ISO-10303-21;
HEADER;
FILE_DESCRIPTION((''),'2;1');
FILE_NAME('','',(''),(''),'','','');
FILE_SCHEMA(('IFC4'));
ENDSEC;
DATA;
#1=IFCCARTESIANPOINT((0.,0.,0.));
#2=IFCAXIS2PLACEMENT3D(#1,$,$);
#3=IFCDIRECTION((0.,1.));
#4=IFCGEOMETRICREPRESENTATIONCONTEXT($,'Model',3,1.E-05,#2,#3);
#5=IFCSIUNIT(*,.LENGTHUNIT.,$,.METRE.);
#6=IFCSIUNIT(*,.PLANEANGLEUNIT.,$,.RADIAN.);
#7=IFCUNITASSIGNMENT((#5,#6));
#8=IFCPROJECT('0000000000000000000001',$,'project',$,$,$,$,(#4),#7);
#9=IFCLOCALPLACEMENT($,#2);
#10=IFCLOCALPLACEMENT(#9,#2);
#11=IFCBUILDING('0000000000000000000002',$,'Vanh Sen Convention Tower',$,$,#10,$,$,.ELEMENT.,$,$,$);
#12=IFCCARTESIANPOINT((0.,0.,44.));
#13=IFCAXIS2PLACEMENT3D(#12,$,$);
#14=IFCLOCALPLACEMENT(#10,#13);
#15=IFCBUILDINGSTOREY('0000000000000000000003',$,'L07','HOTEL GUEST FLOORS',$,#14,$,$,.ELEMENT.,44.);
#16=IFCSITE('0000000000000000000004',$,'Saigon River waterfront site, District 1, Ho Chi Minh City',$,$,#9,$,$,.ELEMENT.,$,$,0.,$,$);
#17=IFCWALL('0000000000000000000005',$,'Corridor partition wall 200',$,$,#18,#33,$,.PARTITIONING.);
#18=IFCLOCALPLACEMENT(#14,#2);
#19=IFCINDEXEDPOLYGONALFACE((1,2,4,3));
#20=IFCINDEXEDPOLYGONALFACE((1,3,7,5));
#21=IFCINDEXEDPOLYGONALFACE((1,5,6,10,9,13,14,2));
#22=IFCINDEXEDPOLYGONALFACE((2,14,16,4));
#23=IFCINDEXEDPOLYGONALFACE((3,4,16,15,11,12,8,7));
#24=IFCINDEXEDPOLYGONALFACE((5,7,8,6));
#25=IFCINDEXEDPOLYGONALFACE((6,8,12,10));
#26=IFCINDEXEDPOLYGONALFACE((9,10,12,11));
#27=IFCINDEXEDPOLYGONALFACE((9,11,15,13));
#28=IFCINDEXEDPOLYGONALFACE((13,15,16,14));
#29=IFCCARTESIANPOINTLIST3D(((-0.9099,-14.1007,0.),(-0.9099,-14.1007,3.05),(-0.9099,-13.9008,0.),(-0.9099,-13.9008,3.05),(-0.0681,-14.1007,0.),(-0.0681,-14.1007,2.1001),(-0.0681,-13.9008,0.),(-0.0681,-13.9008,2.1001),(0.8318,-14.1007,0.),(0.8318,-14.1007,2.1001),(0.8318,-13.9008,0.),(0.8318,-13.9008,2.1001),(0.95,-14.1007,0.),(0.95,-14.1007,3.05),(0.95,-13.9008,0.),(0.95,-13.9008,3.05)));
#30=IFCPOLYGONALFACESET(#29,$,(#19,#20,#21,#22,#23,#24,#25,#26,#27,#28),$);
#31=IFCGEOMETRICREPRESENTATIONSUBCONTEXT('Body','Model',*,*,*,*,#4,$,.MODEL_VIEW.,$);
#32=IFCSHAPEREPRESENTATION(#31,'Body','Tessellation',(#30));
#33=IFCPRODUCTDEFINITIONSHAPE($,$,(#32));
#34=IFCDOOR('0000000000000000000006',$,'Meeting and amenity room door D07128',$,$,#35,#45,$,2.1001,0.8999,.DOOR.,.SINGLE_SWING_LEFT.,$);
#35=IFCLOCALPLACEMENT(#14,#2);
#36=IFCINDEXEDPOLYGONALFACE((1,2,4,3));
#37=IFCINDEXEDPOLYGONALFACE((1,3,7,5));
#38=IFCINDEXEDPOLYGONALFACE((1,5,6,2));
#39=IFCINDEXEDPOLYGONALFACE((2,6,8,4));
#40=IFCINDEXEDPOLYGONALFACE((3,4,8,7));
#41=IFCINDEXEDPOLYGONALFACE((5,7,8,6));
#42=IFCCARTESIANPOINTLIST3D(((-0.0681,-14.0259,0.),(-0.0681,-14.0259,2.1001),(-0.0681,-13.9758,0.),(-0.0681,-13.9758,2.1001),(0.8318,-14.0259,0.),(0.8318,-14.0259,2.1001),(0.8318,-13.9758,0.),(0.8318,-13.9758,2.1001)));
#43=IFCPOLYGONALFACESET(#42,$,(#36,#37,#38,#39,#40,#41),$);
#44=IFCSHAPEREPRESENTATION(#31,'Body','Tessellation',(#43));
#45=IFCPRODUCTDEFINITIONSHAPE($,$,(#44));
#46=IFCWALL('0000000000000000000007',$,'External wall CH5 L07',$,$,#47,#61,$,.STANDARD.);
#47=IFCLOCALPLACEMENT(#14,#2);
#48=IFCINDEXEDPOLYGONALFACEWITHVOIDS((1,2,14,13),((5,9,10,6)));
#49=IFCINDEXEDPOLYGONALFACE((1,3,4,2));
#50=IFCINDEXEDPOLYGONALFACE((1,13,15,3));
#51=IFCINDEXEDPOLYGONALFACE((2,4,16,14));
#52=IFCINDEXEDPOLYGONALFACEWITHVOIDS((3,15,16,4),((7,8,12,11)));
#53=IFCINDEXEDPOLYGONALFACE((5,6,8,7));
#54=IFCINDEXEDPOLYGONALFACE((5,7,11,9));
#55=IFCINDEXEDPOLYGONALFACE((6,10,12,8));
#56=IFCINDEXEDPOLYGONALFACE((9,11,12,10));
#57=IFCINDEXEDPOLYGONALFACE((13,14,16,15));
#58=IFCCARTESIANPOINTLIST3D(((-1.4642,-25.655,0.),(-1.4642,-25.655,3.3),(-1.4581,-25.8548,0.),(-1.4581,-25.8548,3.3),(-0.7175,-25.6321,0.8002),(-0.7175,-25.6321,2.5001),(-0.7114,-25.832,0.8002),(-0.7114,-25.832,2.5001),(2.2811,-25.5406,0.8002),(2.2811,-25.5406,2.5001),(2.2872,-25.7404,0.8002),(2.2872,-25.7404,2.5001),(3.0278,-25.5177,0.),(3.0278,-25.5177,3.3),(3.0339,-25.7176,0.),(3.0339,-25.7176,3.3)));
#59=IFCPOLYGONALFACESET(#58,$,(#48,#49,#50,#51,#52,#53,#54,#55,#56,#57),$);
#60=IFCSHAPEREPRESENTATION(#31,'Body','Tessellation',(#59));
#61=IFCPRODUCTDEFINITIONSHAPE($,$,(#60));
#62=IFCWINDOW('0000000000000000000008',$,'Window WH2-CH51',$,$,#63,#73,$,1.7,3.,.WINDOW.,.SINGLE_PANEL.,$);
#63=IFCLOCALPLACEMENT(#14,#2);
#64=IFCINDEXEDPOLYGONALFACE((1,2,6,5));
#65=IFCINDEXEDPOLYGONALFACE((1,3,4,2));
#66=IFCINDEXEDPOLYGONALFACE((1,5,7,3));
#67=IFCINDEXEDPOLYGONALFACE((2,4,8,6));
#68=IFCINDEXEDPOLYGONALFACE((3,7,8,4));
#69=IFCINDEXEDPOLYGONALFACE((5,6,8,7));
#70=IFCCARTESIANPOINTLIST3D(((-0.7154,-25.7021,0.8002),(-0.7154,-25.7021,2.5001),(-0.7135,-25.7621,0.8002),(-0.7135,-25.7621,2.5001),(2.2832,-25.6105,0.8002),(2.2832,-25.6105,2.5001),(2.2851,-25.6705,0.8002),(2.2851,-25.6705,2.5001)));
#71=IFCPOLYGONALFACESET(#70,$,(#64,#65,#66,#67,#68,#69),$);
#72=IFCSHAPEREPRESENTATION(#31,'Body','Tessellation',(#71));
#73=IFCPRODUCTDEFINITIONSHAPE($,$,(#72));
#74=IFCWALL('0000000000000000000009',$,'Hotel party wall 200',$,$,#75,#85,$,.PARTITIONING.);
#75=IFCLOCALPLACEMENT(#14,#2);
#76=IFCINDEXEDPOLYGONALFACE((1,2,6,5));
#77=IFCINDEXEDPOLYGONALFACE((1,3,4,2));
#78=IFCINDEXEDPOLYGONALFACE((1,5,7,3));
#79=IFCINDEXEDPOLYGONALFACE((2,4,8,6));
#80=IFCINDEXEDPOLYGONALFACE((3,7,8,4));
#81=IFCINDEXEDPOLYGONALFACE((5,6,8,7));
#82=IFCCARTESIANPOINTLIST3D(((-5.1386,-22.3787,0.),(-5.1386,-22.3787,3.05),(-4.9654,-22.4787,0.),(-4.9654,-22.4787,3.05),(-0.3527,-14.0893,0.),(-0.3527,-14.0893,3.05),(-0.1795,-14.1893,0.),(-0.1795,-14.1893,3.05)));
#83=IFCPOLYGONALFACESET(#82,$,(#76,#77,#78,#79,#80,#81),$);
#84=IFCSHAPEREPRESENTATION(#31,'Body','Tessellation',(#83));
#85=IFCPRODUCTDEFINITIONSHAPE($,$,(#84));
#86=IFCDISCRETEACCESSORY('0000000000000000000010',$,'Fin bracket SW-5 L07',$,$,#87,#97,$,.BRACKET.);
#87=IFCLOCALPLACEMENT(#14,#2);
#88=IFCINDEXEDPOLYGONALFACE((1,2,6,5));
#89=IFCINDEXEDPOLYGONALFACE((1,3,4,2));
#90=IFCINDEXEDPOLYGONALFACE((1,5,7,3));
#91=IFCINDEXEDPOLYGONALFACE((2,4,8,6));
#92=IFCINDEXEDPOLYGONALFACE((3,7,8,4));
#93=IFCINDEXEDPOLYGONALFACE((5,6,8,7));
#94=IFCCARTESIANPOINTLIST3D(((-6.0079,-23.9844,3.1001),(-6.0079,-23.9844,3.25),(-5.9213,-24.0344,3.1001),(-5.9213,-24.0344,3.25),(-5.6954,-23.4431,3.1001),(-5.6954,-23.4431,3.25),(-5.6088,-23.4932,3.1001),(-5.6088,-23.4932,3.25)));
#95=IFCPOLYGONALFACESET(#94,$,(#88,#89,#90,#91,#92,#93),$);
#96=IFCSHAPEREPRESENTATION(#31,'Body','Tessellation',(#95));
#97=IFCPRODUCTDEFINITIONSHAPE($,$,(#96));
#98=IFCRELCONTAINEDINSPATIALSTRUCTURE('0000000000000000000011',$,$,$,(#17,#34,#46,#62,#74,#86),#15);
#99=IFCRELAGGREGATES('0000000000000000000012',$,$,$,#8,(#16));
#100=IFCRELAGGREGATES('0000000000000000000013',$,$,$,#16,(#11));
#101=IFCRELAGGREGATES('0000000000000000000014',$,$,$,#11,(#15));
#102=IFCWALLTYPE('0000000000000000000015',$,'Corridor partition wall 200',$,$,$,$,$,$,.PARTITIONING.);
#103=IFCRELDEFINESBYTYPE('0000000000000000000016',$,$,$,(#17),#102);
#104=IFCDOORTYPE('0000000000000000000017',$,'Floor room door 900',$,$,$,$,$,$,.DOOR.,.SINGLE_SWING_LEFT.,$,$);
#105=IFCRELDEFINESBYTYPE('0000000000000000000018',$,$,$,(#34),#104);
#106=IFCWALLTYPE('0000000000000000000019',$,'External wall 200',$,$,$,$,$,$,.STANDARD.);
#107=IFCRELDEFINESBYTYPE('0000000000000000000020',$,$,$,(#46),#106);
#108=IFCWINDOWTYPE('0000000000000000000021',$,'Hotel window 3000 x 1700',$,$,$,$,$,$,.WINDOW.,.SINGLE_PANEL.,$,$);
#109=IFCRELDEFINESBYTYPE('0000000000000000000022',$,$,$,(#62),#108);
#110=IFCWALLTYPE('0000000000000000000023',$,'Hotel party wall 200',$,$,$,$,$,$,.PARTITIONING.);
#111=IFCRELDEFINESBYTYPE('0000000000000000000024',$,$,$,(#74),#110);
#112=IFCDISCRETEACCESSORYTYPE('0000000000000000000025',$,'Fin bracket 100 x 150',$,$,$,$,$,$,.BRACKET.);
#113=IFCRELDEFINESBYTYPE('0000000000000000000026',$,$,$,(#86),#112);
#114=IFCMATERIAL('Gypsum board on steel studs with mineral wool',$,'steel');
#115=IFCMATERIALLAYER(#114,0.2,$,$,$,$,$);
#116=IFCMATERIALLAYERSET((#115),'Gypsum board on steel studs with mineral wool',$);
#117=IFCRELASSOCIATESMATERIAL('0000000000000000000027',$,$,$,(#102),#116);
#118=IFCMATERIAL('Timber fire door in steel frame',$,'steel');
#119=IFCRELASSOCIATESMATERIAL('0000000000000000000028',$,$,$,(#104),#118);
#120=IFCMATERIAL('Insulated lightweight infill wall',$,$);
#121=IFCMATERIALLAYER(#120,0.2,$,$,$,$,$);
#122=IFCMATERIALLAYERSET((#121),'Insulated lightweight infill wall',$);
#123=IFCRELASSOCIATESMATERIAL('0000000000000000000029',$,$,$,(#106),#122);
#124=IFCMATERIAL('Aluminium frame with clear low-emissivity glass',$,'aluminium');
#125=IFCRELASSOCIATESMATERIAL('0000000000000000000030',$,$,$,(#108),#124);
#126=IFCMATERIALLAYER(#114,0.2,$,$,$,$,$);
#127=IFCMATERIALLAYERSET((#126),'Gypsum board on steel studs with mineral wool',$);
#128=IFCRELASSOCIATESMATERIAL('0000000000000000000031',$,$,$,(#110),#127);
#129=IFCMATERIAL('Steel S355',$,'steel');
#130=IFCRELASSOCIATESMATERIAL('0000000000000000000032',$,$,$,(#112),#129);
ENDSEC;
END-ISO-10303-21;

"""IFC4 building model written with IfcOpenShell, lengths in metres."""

from ifc_helpers import new_model, si_unit, direction, frame, frame_2d, origin, origin_2d, place, context, subcontext, project, spatial, rectangle, extrude, material, layer, layer_set, type_object, element, fill, save


model = new_model("IFC4")

# Units and contexts
model_context = context("Model", 3, precision=1e-05, world=origin(), true_north=direction((0.0, 1.0)))
body_context = subcontext(model_context, "Body", "Model", "MODEL_VIEW")
ifc_project = project(units=[si_unit("LENGTHUNIT", "METRE"), si_unit("PLANEANGLEUNIT", "RADIAN")], contexts=[model_context])

# Site, building, storey
site_placement = place(None, origin())
site = spatial("IfcSite", under=ifc_project, at=site_placement, Name="Saigon River waterfront site, District 1, Ho Chi Minh City", CompositionType="ELEMENT", RefElevation=0.0)
building_placement = place(site_placement, origin())
building = spatial("IfcBuilding", under=site, at=building_placement, Name="Vanh Sen Convention Tower", CompositionType="ELEMENT")
storey_placement = place(building_placement, frame((0.0, 0.0, 44.0)))
storey = spatial("IfcBuildingStorey", under=building, at=storey_placement, Name="L07", Description="HOTEL GUEST FLOORS", CompositionType="ELEMENT", Elevation=44.0)

# Wall, opening, door
ifc_material_1 = material(Name="Gypsum board on steel studs with mineral wool", Category="steel")
ifc_layer_1 = layer(ifc_material_1, 0.2)
ifc_layer_set_1 = layer_set([ifc_layer_1], Name="Gypsum board on steel studs with mineral wool")
wall_type_1 = type_object("IfcWallType", Name="Corridor partition wall 200", PredefinedType="PARTITIONING", material=ifc_layer_set_1)
wall_1_placement = place(storey_placement, frame((-0.9099, -14.0007, 0.0), z_axis=(0.0, 0.0, 1.0), x_axis=(1.0, 0.0, 0.0)))
wall_1 = element("IfcWall", 1, at=wall_1_placement, inside=storey, type_object=wall_type_1, Name="Corridor partition wall 200", PredefinedType="PARTITIONING", context=body_context, shape_type="SweptSolid", body=[
    extrude(rectangle(XDim=1.8599, YDim=0.2, at=frame_2d((0.9299, 0.0))), origin(), (0.0, 0.0, 1.0), 3.05),
])
opening_1_placement = place(wall_1_placement, frame((0.8418, 0.0, 0.0)))
opening_1 = element("IfcOpeningElement", 2, at=opening_1_placement, cuts=wall_1, PredefinedType="OPENING", context=body_context, shape_type="SweptSolid", body=[
    extrude(rectangle(XDim=0.8999, YDim=2.1001, at=frame_2d((0.45, 1.05))), frame((0.0, 0.1099, 0.0), z_axis=(0.0, -1.0, 0.0), x_axis=(1.0, 0.0, 0.0)), (0.0, 0.0, 1.0), 0.22),
])
ifc_material_2 = material(Name="Timber fire door in steel frame", Category="steel")
door_type_1 = type_object("IfcDoorType", Name="Floor room door 900", OperationType="SINGLE_SWING_LEFT", PredefinedType="DOOR", material=ifc_material_2)
door_1_placement = place(opening_1_placement, origin())
door_1 = element("IfcDoor", 3, at=door_1_placement, inside=storey, type_object=door_type_1, Name="Meeting and amenity room door D07128", OperationType="SINGLE_SWING_LEFT", OverallHeight=2.1001, OverallWidth=0.8999, PredefinedType="DOOR", context=body_context, shape_type="SweptSolid", body=[
    extrude(rectangle(XDim=0.8999, YDim=2.1001, at=frame_2d((0.45, 1.05))), frame((0.0, 0.0249, 0.0), z_axis=(0.0, -1.0, 0.0), x_axis=(1.0, 0.0, 0.0)), (0.0, 0.0, 1.0), 0.05),
])
fill(opening_1, door_1)

# Wall, opening, window
ifc_material_3 = material(Name="Insulated lightweight infill wall")
ifc_layer_2 = layer(ifc_material_3, 0.2)
ifc_layer_set_2 = layer_set([ifc_layer_2], Name="Insulated lightweight infill wall")
wall_type_2 = type_object("IfcWallType", Name="External wall 200", PredefinedType="STANDARD", material=ifc_layer_set_2)
wall_2_placement = place(storey_placement, frame((-1.4612, -25.7549, 0.0), z_axis=(0.0, 0.0, 1.0), x_axis=(0.999534, 0.030531, 0.0)))
wall_2 = element("IfcWall", 4, at=wall_2_placement, inside=storey, type_object=wall_type_2, Name="External wall CH5 L07", PredefinedType="STANDARD", context=body_context, shape_type="SweptSolid", body=[
    extrude(rectangle(XDim=4.4941, YDim=0.2, at=frame_2d((2.2471, 0.0))), origin(), (0.0, 0.0, 1.0), 3.3),
])
opening_2_placement = place(wall_2_placement, frame((0.7471, 0.0, 0.8)))
opening_2 = element("IfcOpeningElement", 5, at=opening_2_placement, cuts=wall_2, PredefinedType="OPENING", context=body_context, shape_type="SweptSolid", body=[
    extrude(rectangle(XDim=3.0, YDim=1.7, at=frame_2d((1.5, 0.8501))), frame((0.0, 0.1099, 0.0), z_axis=(0.0, -1.0, 0.0), x_axis=(1.0, 0.0, 0.0)), (0.0, 0.0, 1.0), 0.22),
])
ifc_material_4 = material(Name="Aluminium frame with clear low-emissivity glass", Category="aluminium")
window_type = type_object("IfcWindowType", Name="Hotel window 3000 x 1700", PartitioningType="SINGLE_PANEL", PredefinedType="WINDOW", material=ifc_material_4)
window_placement = place(opening_2_placement, origin())
window = element("IfcWindow", 6, at=window_placement, inside=storey, type_object=window_type, Name="Window WH2-CH51", OverallHeight=1.7, OverallWidth=3.0, PartitioningType="SINGLE_PANEL", PredefinedType="WINDOW", context=body_context, shape_type="SweptSolid", body=[
    extrude(rectangle(XDim=3.0, YDim=1.7, at=frame_2d((1.5, 0.8501))), frame((0.0, 0.03, 0.0), z_axis=(0.0, -1.0, 0.0), x_axis=(1.0, 0.0, 0.0)), (0.0, 0.0, 1.0), 0.0601),
])
fill(opening_2, window)

# Wall
ifc_layer_3 = layer(ifc_material_1, 0.2)
ifc_layer_set_3 = layer_set([ifc_layer_3], Name="Gypsum board on steel studs with mineral wool")
wall_type_3 = type_object("IfcWallType", Name="Hotel party wall 200", PredefinedType="PARTITIONING", material=ifc_layer_set_3)
wall_3_placement = place(storey_placement, frame((-5.052, -22.4287, 0.0), z_axis=(0.0, 0.0, 1.0), x_axis=(0.500004, 0.866023, 0.0)))
element("IfcWall", 7, at=wall_3_placement, inside=storey, type_object=wall_type_3, Name="Hotel party wall 200", PredefinedType="PARTITIONING", context=body_context, shape_type="SweptSolid", body=[
    extrude(rectangle(XDim=9.5718, YDim=0.2, at=frame_2d((4.7859, 0.0))), origin(), (0.0, 0.0, 1.0), 3.05),
])

# Discrete accessory
ifc_material_5 = material(Name="Steel S355", Category="steel")
discrete_accessory_type = type_object("IfcDiscreteAccessoryType", Name="Fin bracket 100 x 150", PredefinedType="BRACKET", material=ifc_material_5)
discrete_accessory_placement = place(storey_placement, frame((-5.8083, -23.7388, 3.1001), z_axis=(0.0, 0.0, 1.0), x_axis=(-0.5, -0.866025, 0.0)))
element("IfcDiscreteAccessory", 8, at=discrete_accessory_placement, inside=storey, type_object=discrete_accessory_type, Name="Fin bracket SW-5 L07", PredefinedType="BRACKET", context=body_context, shape_type="SweptSolid", body=[
    extrude(rectangle(XDim=0.625, YDim=0.1001, at=origin_2d()), origin(), (0.0, 0.0, 1.0), 0.1499),
])

save(model, "model.ifc")
